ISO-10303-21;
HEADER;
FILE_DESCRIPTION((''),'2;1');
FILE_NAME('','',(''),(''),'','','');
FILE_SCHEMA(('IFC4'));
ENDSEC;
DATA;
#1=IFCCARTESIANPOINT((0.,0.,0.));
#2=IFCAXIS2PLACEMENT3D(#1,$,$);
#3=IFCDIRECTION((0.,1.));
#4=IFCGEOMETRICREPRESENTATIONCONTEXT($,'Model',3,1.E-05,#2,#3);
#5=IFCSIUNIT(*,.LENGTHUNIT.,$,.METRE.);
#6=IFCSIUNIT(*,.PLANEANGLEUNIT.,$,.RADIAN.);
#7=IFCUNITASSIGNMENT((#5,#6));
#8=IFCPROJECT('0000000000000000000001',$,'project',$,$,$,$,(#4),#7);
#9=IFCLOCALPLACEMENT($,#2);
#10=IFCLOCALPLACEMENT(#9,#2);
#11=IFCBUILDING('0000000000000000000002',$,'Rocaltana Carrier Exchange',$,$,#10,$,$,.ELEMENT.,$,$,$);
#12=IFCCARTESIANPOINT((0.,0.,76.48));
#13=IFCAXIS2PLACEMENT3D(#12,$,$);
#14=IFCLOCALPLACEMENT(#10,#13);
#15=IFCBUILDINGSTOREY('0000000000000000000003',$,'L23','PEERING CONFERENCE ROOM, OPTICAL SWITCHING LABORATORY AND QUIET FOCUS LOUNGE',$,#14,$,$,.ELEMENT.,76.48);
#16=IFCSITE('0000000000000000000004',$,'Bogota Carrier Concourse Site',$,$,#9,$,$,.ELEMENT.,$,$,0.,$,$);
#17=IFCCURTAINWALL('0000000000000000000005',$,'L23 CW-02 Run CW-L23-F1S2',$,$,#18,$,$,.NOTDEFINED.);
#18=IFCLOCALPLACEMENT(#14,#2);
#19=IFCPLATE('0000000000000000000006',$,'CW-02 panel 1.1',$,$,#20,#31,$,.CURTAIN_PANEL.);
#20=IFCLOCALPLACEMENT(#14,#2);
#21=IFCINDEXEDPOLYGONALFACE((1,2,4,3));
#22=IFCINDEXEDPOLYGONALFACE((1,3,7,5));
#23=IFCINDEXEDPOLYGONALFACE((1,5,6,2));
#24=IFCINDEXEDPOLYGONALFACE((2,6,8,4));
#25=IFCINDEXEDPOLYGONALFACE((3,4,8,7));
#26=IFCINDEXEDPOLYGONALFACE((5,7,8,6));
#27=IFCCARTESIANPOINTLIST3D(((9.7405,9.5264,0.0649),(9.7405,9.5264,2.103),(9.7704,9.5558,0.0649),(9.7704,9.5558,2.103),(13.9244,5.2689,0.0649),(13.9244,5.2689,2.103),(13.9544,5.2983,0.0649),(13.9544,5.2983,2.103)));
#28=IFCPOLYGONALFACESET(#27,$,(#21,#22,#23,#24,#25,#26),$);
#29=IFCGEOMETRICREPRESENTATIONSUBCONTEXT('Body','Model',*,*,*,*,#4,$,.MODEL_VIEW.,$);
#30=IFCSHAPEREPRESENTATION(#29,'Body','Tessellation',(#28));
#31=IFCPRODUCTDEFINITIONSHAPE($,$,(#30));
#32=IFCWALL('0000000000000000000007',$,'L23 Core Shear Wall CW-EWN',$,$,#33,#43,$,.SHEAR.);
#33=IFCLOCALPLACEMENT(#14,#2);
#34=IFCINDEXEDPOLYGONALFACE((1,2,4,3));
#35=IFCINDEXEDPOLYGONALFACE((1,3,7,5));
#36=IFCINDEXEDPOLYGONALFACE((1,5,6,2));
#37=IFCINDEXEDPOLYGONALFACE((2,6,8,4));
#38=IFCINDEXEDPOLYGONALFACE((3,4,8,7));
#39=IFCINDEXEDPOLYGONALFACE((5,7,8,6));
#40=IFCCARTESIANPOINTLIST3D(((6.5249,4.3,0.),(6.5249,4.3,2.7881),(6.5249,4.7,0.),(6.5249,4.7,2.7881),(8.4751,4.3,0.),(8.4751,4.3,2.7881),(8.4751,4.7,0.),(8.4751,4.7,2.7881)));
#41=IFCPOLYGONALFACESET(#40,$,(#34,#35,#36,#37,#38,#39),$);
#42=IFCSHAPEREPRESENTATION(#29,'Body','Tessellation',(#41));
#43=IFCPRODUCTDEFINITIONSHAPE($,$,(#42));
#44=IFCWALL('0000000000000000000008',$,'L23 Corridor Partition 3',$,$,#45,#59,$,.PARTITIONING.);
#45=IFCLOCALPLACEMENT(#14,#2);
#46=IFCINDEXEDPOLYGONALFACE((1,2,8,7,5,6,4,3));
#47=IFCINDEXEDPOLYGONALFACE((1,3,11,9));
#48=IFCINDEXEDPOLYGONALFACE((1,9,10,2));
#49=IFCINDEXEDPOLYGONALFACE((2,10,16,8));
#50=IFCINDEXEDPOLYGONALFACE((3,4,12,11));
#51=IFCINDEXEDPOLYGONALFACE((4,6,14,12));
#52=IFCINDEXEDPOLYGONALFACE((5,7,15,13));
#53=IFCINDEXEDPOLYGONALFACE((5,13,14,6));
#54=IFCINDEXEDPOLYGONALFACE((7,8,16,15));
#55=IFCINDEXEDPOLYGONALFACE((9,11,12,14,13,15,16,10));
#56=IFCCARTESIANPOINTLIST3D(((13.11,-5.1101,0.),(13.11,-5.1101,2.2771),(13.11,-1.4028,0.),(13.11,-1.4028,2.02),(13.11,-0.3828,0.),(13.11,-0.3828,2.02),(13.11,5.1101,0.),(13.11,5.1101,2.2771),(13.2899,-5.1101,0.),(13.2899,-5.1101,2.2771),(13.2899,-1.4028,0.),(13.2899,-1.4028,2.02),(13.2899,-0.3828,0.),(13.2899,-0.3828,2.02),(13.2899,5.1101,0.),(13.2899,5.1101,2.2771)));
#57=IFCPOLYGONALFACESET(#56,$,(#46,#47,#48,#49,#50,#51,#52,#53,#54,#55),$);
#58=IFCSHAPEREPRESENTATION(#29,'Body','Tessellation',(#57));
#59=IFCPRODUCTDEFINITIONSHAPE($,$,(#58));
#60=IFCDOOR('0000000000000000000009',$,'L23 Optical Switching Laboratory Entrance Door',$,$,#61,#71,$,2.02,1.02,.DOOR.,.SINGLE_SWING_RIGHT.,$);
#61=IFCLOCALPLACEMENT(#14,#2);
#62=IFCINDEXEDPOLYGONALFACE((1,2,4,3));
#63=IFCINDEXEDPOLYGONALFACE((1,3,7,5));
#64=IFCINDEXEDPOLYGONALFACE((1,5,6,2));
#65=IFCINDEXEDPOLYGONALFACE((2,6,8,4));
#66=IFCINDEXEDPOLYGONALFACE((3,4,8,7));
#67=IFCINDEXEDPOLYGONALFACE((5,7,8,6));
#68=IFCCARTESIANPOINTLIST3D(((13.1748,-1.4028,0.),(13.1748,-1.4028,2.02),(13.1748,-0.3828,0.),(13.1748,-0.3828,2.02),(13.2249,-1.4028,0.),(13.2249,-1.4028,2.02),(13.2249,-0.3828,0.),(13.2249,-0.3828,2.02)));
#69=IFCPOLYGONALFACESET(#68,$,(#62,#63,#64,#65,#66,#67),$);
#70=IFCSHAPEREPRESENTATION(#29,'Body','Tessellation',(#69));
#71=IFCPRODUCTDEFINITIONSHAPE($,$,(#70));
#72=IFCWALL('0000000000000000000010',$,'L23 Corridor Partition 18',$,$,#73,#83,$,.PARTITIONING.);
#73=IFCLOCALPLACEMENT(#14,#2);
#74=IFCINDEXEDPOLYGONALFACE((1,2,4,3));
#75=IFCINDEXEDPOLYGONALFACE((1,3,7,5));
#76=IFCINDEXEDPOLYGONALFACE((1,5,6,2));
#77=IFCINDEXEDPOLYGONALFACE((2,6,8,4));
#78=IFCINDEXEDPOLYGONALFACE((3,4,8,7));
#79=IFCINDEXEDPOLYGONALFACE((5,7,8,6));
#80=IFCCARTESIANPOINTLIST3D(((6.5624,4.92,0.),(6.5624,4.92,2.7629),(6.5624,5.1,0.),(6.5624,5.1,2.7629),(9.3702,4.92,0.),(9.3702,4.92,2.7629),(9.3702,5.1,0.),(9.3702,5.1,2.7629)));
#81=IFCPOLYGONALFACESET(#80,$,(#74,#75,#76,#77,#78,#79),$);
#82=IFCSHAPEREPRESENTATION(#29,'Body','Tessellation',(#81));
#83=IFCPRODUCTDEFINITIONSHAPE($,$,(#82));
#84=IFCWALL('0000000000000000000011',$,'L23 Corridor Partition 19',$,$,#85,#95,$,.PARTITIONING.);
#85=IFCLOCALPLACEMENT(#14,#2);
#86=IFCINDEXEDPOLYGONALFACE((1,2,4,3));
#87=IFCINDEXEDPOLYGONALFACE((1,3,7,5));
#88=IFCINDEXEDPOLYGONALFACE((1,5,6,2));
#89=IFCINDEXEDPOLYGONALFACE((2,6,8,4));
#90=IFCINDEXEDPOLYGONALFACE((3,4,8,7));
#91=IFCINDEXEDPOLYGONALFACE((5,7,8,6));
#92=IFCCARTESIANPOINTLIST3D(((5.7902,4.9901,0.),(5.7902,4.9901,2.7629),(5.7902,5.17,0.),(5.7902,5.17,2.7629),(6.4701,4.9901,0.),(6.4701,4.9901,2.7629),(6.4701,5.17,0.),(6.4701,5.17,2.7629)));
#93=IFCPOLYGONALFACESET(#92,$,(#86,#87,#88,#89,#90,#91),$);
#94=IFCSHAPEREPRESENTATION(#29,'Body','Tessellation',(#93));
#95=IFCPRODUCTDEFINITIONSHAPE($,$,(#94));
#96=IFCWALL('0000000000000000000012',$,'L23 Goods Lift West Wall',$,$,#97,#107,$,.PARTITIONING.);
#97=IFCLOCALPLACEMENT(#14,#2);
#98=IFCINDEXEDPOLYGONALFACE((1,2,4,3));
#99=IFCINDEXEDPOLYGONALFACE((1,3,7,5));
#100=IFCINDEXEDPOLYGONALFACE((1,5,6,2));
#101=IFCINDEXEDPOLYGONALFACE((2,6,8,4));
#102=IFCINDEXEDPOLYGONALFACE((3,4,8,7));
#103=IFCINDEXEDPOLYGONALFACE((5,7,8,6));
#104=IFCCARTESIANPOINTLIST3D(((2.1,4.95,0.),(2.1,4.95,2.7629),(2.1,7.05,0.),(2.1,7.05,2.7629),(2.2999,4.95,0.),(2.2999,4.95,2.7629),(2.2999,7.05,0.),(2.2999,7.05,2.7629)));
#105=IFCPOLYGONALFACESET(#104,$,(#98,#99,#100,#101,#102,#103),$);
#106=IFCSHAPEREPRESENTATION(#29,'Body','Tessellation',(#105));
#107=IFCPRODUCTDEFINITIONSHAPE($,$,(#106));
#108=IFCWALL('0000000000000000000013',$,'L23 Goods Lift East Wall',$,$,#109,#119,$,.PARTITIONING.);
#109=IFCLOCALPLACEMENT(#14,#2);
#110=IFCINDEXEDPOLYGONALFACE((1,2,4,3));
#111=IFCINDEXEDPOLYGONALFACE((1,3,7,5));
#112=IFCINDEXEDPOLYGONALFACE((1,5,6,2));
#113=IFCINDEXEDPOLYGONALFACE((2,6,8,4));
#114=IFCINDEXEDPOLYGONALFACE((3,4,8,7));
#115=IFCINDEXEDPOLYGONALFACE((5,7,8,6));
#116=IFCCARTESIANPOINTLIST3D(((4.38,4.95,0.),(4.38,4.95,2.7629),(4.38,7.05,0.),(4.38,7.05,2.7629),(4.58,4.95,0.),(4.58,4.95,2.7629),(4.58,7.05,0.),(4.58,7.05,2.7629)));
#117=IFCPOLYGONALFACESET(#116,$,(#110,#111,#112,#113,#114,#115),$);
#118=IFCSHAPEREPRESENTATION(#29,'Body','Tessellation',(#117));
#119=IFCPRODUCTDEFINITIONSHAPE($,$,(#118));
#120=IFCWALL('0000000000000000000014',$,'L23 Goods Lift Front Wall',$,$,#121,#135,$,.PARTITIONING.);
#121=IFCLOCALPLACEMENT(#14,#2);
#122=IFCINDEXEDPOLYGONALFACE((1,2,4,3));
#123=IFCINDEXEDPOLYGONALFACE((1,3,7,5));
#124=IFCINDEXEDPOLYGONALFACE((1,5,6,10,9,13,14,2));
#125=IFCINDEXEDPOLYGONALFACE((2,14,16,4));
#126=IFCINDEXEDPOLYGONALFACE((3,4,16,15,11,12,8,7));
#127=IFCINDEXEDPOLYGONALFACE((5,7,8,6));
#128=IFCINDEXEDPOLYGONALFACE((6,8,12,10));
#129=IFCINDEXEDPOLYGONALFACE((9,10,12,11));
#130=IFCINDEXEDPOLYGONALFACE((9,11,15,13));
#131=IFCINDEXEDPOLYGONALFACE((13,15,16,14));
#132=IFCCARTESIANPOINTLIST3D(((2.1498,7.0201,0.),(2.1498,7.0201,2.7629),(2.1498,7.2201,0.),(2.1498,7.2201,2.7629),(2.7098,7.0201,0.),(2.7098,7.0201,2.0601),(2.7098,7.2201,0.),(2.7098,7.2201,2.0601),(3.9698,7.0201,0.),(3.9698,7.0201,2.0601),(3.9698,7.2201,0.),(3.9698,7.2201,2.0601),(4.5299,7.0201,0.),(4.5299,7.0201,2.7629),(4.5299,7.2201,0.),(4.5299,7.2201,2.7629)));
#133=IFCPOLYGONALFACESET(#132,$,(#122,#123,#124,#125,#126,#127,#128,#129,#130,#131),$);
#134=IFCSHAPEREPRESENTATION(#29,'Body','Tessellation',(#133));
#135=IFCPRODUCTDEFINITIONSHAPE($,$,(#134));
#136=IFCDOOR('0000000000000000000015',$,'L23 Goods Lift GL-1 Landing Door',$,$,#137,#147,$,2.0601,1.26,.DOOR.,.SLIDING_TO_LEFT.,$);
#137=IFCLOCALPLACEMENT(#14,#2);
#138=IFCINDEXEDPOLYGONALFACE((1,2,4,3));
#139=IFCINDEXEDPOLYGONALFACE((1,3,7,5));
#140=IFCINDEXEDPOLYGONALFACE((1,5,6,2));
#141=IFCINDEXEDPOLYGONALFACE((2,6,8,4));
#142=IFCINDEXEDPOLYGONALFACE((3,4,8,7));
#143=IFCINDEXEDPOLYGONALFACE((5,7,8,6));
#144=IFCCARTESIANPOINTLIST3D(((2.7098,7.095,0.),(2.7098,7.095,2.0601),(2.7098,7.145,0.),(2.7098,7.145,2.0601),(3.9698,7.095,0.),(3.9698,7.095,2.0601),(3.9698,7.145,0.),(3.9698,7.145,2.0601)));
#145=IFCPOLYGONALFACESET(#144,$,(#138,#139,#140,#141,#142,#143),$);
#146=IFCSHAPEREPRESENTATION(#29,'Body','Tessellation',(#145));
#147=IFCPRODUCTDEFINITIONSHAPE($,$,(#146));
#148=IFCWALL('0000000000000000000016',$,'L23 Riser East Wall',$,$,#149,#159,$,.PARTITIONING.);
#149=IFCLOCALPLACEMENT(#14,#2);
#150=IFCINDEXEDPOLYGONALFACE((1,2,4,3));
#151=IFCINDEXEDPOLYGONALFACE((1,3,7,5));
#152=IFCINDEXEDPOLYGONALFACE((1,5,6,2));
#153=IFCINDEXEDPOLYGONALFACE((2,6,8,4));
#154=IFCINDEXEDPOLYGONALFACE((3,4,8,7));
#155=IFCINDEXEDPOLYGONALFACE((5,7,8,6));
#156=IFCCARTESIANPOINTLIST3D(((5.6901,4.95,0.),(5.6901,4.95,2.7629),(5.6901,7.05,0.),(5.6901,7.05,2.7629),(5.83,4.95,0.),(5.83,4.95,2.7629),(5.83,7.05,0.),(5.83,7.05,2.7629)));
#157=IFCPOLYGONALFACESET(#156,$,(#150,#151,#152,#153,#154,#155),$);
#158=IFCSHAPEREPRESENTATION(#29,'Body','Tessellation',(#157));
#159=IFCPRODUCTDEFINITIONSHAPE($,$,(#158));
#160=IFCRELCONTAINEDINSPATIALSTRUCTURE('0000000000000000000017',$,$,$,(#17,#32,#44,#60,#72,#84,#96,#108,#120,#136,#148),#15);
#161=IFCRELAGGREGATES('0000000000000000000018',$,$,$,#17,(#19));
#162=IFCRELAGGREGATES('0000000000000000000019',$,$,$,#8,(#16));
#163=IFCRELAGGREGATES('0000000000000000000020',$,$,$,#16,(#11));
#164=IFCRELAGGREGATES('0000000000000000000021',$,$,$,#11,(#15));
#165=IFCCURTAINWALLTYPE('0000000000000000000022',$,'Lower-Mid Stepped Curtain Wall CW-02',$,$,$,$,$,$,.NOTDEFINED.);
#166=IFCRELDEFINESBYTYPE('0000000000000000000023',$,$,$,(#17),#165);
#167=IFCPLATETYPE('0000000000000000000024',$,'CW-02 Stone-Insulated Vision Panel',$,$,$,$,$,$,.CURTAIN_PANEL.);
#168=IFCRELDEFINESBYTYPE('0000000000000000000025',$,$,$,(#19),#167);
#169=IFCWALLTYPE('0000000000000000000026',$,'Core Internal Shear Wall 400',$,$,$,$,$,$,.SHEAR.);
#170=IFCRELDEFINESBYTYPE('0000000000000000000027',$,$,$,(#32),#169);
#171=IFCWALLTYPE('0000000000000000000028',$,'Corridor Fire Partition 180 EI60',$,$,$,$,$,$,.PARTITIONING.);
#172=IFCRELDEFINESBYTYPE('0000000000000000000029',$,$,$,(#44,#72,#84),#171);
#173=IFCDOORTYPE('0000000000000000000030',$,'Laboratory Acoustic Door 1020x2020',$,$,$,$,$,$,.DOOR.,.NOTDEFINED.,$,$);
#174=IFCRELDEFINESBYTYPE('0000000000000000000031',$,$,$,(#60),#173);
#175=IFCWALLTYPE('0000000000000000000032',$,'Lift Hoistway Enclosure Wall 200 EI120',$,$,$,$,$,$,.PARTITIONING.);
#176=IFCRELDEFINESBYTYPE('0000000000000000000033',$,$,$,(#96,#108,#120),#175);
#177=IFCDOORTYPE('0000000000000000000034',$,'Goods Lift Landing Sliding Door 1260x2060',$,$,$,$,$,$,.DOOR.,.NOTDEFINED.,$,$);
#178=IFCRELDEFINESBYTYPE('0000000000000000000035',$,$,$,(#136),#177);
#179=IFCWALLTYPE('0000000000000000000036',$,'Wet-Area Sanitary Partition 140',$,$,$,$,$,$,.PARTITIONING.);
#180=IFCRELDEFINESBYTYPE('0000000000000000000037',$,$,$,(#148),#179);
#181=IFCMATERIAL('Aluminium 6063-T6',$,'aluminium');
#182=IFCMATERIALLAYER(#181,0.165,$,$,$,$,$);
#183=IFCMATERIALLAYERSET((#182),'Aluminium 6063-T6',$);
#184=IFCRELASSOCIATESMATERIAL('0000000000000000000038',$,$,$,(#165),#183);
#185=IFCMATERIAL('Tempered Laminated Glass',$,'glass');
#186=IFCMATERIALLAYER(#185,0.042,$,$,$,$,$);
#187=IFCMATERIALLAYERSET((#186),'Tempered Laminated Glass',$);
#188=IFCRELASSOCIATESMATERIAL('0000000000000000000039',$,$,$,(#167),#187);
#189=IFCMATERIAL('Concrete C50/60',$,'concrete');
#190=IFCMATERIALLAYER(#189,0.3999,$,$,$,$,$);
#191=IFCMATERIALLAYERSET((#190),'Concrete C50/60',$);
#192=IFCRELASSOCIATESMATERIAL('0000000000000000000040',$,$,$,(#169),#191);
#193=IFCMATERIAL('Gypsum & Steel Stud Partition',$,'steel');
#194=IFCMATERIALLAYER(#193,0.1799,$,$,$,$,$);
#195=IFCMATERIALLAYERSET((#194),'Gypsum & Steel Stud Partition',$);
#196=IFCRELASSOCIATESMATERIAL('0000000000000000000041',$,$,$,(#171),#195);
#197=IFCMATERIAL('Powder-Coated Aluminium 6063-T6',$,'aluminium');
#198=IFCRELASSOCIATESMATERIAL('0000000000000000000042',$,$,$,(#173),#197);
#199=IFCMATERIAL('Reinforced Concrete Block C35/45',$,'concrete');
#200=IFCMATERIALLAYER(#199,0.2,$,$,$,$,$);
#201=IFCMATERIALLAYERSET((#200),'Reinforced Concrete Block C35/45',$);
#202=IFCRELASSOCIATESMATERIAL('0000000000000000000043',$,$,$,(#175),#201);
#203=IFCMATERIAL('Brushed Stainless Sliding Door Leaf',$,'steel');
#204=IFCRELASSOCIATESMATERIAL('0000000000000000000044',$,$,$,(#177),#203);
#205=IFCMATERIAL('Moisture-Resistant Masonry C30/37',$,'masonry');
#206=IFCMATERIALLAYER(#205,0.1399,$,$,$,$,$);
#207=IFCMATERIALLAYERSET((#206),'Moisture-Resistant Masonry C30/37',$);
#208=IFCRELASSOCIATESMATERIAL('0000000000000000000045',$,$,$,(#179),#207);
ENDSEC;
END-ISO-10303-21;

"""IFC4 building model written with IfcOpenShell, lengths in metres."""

from ifc_helpers import new_model, si_unit, direction, frame, frame_2d, origin, origin_2d, place, context, subcontext, project, spatial, rectangle, extrude, material, layer, layer_set, type_object, element, fill, aggregate, save


model = new_model("IFC4")

# Units and contexts
model_context = context("Model", 3, precision=1e-05, world=origin(), true_north=direction((0.0, 1.0)))
body_context = subcontext(model_context, "Body", "Model", "MODEL_VIEW")
ifc_project = project(units=[si_unit("LENGTHUNIT", "METRE"), si_unit("PLANEANGLEUNIT", "RADIAN")], contexts=[model_context])

# Site, building, storey
site_placement = place(None, origin())
site = spatial("IfcSite", under=ifc_project, at=site_placement, Name="Bogota Carrier Concourse Site", CompositionType="ELEMENT", RefElevation=0.0)
building_placement = place(site_placement, origin())
building = spatial("IfcBuilding", under=site, at=building_placement, Name="Rocaltana Carrier Exchange", CompositionType="ELEMENT")
storey_placement = place(building_placement, frame((0.0, 0.0, 76.48)))
storey = spatial("IfcBuildingStorey", under=building, at=storey_placement, Name="L23", Description="PEERING CONFERENCE ROOM, OPTICAL SWITCHING LABORATORY AND QUIET FOCUS LOUNGE", CompositionType="ELEMENT", Elevation=76.48)

# Curtain wall
ifc_material_1 = material(Name="Aluminium 6063-T6", Category="aluminium")
ifc_layer_1 = layer(ifc_material_1, 0.165)
ifc_layer_set_1 = layer_set([ifc_layer_1], Name="Aluminium 6063-T6")
curtain_wall_type = type_object("IfcCurtainWallType", Name="Lower-Mid Stepped Curtain Wall CW-02", PredefinedType="NOTDEFINED", material=ifc_layer_set_1)
curtain_wall_placement = place(storey_placement, origin())
curtain_wall = element("IfcCurtainWall", 1, at=curtain_wall_placement, inside=storey, type_object=curtain_wall_type, Name="L23 CW-02 Run CW-L23-F1S2", PredefinedType="NOTDEFINED")

# Plate
ifc_material_2 = material(Name="Tempered Laminated Glass", Category="glass")
ifc_layer_2 = layer(ifc_material_2, 0.042)
ifc_layer_set_2 = layer_set([ifc_layer_2], Name="Tempered Laminated Glass")
plate_type = type_object("IfcPlateType", Name="CW-02 Stone-Insulated Vision Panel", PredefinedType="CURTAIN_PANEL", material=ifc_layer_set_2)
plate_placement = place(storey_placement, frame((11.8474, 7.4124, 0.0649), z_axis=(0.0, 0.0, 1.0), x_axis=(-0.700915, 0.713245, 0.0)))
plate = element("IfcPlate", 2, at=plate_placement, type_object=plate_type, Name="CW-02 panel 1.1", PredefinedType="CURTAIN_PANEL", context=body_context, shape_type="SweptSolid", body=[
    extrude(rectangle(XDim=5.9692, YDim=0.042, at=origin_2d()), origin(), (0.0, 0.0, 1.0), 2.0381),
])
aggregate(curtain_wall, [plate])

# Wall
ifc_material_3 = material(Name="Concrete C50/60", Category="concrete")
ifc_layer_3 = layer(ifc_material_3, 0.3999)
ifc_layer_set_3 = layer_set([ifc_layer_3], Name="Concrete C50/60")
wall_type_1 = type_object("IfcWallType", Name="Core Internal Shear Wall 400", PredefinedType="SHEAR", material=ifc_layer_set_3)
wall_1_placement = place(storey_placement, frame((6.5249, 4.5, 0.0), z_axis=(0.0, 0.0, 1.0), x_axis=(1.0, 0.0, 0.0)))
element("IfcWall", 3, at=wall_1_placement, inside=storey, type_object=wall_type_1, Name="L23 Core Shear Wall CW-EWN", PredefinedType="SHEAR", context=body_context, shape_type="SweptSolid", body=[
    extrude(rectangle(XDim=1.9502, YDim=0.3999, at=frame_2d((0.9751, 0.0))), origin(), (0.0, 0.0, 1.0), 2.7881),
])

# Wall, opening, door
ifc_material_4 = material(Name="Gypsum & Steel Stud Partition", Category="steel")
ifc_layer_4 = layer(ifc_material_4, 0.1799)
ifc_layer_set_4 = layer_set([ifc_layer_4], Name="Gypsum & Steel Stud Partition")
wall_type_2 = type_object("IfcWallType", Name="Corridor Fire Partition 180 EI60", PredefinedType="PARTITIONING", material=ifc_layer_set_4)
wall_2_placement = place(storey_placement, frame((13.2, 5.1101, 0.0), z_axis=(0.0, 0.0, 1.0), x_axis=(0.0, -1.0, 0.0)))
wall_2 = element("IfcWall", 4, at=wall_2_placement, inside=storey, type_object=wall_type_2, Name="L23 Corridor Partition 3", PredefinedType="PARTITIONING", context=body_context, shape_type="SweptSolid", body=[
    extrude(rectangle(XDim=10.2202, YDim=0.1799, at=frame_2d((5.1101, 0.0))), origin(), (0.0, 0.0, 1.0), 2.2771),
])
opening_1_placement = place(wall_2_placement, frame((5.4929, 0.0, 0.0)))
opening_1 = element("IfcOpeningElement", 5, at=opening_1_placement, cuts=wall_2, PredefinedType="OPENING", context=body_context, shape_type="SweptSolid", body=[
    extrude(rectangle(XDim=1.02, YDim=2.02, at=frame_2d((0.51, 1.01))), frame((0.0, 0.0999, 0.0), z_axis=(0.0, -1.0, 0.0), x_axis=(1.0, 0.0, 0.0)), (0.0, 0.0, 1.0), 0.2),
])
ifc_material_5 = material(Name="Powder-Coated Aluminium 6063-T6", Category="aluminium")
door_type_1 = type_object("IfcDoorType", Name="Laboratory Acoustic Door 1020x2020", OperationType="NOTDEFINED", PredefinedType="DOOR", material=ifc_material_5)
door_1_placement = place(opening_1_placement, origin())
door_1 = element("IfcDoor", 6, at=door_1_placement, inside=storey, type_object=door_type_1, Name="L23 Optical Switching Laboratory Entrance Door", OperationType="SINGLE_SWING_RIGHT", OverallHeight=2.02, OverallWidth=1.02, PredefinedType="DOOR", context=body_context, shape_type="SweptSolid", body=[
    extrude(rectangle(XDim=1.02, YDim=2.02, at=frame_2d((0.51, 1.01))), frame((0.0, 0.0249, 0.0), z_axis=(0.0, -1.0, 0.0), x_axis=(1.0, 0.0, 0.0)), (0.0, 0.0, 1.0), 0.05),
])
fill(opening_1, door_1)

# Walls
wall_3_placement = place(storey_placement, frame((9.3701, 5.01, 0.0), z_axis=(0.0, 0.0, 1.0), x_axis=(-1.0, 0.0, 0.0)))
element("IfcWall", 7, at=wall_3_placement, inside=storey, type_object=wall_type_2, Name="L23 Corridor Partition 18", PredefinedType="PARTITIONING", context=body_context, shape_type="SweptSolid", body=[
    extrude(rectangle(XDim=2.8079, YDim=0.1799, at=frame_2d((1.4038, 0.0))), origin(), (0.0, 0.0, 1.0), 2.7629),
])
wall_4_placement = place(storey_placement, frame((6.47, 5.0801, 0.0), z_axis=(0.0, 0.0, 1.0), x_axis=(-1.0, 0.0, 0.0)))
element("IfcWall", 8, at=wall_4_placement, inside=storey, type_object=wall_type_2, Name="L23 Corridor Partition 19", PredefinedType="PARTITIONING", context=body_context, shape_type="SweptSolid", body=[
    extrude(rectangle(XDim=0.6799, YDim=0.1799, at=frame_2d((0.3398, 0.0))), origin(), (0.0, 0.0, 1.0), 2.7629),
])
ifc_material_6 = material(Name="Reinforced Concrete Block C35/45", Category="concrete")
ifc_layer_5 = layer(ifc_material_6, 0.2)
ifc_layer_set_5 = layer_set([ifc_layer_5], Name="Reinforced Concrete Block C35/45")
wall_type_3 = type_object("IfcWallType", Name="Lift Hoistway Enclosure Wall 200 EI120", PredefinedType="PARTITIONING", material=ifc_layer_set_5)
for number, where, z_axis, x_axis, name in (
    (9, (2.2, 4.95, 0.0), (0.0, 0.0, 1.0), (0.0, 1.0, 0.0), "L23 Goods Lift West Wall"),
    (10, (4.48, 4.95, 0.0), (0.0, 0.0, 1.0), (0.0, 1.0, 0.0), "L23 Goods Lift East Wall"),
):
    element("IfcWall", number, at=place(storey_placement, frame(where, z_axis=z_axis, x_axis=x_axis)), inside=storey, type_object=wall_type_3, Name=name, PredefinedType="PARTITIONING", context=body_context, shape_type="SweptSolid", body=[
        extrude(rectangle(XDim=2.1001, YDim=0.2, at=frame_2d((1.05, 0.0))), origin(), (0.0, 0.0, 1.0), 2.7629),
    ])

# Wall, opening, door
wall_5_placement = place(storey_placement, frame((2.1499, 7.1201, 0.0), z_axis=(0.0, 0.0, 1.0), x_axis=(1.0, 0.0, 0.0)))
wall_5 = element("IfcWall", 11, at=wall_5_placement, inside=storey, type_object=wall_type_3, Name="L23 Goods Lift Front Wall", PredefinedType="PARTITIONING", context=body_context, shape_type="SweptSolid", body=[
    extrude(rectangle(XDim=2.3801, YDim=0.2, at=frame_2d((1.1899, 0.0))), origin(), (0.0, 0.0, 1.0), 2.7629),
])
opening_2_placement = place(wall_5_placement, frame((0.5601, 0.0, 0.0)))
opening_2 = element("IfcOpeningElement", 12, at=opening_2_placement, cuts=wall_5, PredefinedType="OPENING", context=body_context, shape_type="SweptSolid", body=[
    extrude(rectangle(XDim=1.26, YDim=2.0601, at=frame_2d((0.6299, 1.03))), frame((0.0, 0.1099, 0.0), z_axis=(0.0, -1.0, 0.0), x_axis=(1.0, 0.0, 0.0)), (0.0, 0.0, 1.0), 0.22),
])
ifc_material_7 = material(Name="Brushed Stainless Sliding Door Leaf", Category="steel")
door_type_2 = type_object("IfcDoorType", Name="Goods Lift Landing Sliding Door 1260x2060", OperationType="NOTDEFINED", PredefinedType="DOOR", material=ifc_material_7)
door_2_placement = place(opening_2_placement, origin())
door_2 = element("IfcDoor", 13, at=door_2_placement, inside=storey, type_object=door_type_2, Name="L23 Goods Lift GL-1 Landing Door", OperationType="SLIDING_TO_LEFT", OverallHeight=2.0601, OverallWidth=1.26, PredefinedType="DOOR", context=body_context, shape_type="SweptSolid", body=[
    extrude(rectangle(XDim=1.26, YDim=2.0601, at=frame_2d((0.6299, 1.03))), frame((0.0, 0.0249, 0.0), z_axis=(0.0, -1.0, 0.0), x_axis=(1.0, 0.0, 0.0)), (0.0, 0.0, 1.0), 0.05),
])
fill(opening_2, door_2)

# Wall
ifc_material_8 = material(Name="Moisture-Resistant Masonry C30/37", Category="masonry")
ifc_layer_6 = layer(ifc_material_8, 0.1399)
ifc_layer_set_6 = layer_set([ifc_layer_6], Name="Moisture-Resistant Masonry C30/37")
wall_type_4 = type_object("IfcWallType", Name="Wet-Area Sanitary Partition 140", PredefinedType="PARTITIONING", material=ifc_layer_set_6)
wall_6_placement = place(storey_placement, frame((5.76, 4.95, 0.0), z_axis=(0.0, 0.0, 1.0), x_axis=(0.0, 1.0, 0.0)))
element("IfcWall", 14, at=wall_6_placement, inside=storey, type_object=wall_type_4, Name="L23 Riser East Wall", PredefinedType="PARTITIONING", context=body_context, shape_type="SweptSolid", body=[
    extrude(rectangle(XDim=2.1001, YDim=0.1399, at=frame_2d((1.05, 0.0))), origin(), (0.0, 0.0, 1.0), 2.7629),
])

save(model, "model.ifc")
